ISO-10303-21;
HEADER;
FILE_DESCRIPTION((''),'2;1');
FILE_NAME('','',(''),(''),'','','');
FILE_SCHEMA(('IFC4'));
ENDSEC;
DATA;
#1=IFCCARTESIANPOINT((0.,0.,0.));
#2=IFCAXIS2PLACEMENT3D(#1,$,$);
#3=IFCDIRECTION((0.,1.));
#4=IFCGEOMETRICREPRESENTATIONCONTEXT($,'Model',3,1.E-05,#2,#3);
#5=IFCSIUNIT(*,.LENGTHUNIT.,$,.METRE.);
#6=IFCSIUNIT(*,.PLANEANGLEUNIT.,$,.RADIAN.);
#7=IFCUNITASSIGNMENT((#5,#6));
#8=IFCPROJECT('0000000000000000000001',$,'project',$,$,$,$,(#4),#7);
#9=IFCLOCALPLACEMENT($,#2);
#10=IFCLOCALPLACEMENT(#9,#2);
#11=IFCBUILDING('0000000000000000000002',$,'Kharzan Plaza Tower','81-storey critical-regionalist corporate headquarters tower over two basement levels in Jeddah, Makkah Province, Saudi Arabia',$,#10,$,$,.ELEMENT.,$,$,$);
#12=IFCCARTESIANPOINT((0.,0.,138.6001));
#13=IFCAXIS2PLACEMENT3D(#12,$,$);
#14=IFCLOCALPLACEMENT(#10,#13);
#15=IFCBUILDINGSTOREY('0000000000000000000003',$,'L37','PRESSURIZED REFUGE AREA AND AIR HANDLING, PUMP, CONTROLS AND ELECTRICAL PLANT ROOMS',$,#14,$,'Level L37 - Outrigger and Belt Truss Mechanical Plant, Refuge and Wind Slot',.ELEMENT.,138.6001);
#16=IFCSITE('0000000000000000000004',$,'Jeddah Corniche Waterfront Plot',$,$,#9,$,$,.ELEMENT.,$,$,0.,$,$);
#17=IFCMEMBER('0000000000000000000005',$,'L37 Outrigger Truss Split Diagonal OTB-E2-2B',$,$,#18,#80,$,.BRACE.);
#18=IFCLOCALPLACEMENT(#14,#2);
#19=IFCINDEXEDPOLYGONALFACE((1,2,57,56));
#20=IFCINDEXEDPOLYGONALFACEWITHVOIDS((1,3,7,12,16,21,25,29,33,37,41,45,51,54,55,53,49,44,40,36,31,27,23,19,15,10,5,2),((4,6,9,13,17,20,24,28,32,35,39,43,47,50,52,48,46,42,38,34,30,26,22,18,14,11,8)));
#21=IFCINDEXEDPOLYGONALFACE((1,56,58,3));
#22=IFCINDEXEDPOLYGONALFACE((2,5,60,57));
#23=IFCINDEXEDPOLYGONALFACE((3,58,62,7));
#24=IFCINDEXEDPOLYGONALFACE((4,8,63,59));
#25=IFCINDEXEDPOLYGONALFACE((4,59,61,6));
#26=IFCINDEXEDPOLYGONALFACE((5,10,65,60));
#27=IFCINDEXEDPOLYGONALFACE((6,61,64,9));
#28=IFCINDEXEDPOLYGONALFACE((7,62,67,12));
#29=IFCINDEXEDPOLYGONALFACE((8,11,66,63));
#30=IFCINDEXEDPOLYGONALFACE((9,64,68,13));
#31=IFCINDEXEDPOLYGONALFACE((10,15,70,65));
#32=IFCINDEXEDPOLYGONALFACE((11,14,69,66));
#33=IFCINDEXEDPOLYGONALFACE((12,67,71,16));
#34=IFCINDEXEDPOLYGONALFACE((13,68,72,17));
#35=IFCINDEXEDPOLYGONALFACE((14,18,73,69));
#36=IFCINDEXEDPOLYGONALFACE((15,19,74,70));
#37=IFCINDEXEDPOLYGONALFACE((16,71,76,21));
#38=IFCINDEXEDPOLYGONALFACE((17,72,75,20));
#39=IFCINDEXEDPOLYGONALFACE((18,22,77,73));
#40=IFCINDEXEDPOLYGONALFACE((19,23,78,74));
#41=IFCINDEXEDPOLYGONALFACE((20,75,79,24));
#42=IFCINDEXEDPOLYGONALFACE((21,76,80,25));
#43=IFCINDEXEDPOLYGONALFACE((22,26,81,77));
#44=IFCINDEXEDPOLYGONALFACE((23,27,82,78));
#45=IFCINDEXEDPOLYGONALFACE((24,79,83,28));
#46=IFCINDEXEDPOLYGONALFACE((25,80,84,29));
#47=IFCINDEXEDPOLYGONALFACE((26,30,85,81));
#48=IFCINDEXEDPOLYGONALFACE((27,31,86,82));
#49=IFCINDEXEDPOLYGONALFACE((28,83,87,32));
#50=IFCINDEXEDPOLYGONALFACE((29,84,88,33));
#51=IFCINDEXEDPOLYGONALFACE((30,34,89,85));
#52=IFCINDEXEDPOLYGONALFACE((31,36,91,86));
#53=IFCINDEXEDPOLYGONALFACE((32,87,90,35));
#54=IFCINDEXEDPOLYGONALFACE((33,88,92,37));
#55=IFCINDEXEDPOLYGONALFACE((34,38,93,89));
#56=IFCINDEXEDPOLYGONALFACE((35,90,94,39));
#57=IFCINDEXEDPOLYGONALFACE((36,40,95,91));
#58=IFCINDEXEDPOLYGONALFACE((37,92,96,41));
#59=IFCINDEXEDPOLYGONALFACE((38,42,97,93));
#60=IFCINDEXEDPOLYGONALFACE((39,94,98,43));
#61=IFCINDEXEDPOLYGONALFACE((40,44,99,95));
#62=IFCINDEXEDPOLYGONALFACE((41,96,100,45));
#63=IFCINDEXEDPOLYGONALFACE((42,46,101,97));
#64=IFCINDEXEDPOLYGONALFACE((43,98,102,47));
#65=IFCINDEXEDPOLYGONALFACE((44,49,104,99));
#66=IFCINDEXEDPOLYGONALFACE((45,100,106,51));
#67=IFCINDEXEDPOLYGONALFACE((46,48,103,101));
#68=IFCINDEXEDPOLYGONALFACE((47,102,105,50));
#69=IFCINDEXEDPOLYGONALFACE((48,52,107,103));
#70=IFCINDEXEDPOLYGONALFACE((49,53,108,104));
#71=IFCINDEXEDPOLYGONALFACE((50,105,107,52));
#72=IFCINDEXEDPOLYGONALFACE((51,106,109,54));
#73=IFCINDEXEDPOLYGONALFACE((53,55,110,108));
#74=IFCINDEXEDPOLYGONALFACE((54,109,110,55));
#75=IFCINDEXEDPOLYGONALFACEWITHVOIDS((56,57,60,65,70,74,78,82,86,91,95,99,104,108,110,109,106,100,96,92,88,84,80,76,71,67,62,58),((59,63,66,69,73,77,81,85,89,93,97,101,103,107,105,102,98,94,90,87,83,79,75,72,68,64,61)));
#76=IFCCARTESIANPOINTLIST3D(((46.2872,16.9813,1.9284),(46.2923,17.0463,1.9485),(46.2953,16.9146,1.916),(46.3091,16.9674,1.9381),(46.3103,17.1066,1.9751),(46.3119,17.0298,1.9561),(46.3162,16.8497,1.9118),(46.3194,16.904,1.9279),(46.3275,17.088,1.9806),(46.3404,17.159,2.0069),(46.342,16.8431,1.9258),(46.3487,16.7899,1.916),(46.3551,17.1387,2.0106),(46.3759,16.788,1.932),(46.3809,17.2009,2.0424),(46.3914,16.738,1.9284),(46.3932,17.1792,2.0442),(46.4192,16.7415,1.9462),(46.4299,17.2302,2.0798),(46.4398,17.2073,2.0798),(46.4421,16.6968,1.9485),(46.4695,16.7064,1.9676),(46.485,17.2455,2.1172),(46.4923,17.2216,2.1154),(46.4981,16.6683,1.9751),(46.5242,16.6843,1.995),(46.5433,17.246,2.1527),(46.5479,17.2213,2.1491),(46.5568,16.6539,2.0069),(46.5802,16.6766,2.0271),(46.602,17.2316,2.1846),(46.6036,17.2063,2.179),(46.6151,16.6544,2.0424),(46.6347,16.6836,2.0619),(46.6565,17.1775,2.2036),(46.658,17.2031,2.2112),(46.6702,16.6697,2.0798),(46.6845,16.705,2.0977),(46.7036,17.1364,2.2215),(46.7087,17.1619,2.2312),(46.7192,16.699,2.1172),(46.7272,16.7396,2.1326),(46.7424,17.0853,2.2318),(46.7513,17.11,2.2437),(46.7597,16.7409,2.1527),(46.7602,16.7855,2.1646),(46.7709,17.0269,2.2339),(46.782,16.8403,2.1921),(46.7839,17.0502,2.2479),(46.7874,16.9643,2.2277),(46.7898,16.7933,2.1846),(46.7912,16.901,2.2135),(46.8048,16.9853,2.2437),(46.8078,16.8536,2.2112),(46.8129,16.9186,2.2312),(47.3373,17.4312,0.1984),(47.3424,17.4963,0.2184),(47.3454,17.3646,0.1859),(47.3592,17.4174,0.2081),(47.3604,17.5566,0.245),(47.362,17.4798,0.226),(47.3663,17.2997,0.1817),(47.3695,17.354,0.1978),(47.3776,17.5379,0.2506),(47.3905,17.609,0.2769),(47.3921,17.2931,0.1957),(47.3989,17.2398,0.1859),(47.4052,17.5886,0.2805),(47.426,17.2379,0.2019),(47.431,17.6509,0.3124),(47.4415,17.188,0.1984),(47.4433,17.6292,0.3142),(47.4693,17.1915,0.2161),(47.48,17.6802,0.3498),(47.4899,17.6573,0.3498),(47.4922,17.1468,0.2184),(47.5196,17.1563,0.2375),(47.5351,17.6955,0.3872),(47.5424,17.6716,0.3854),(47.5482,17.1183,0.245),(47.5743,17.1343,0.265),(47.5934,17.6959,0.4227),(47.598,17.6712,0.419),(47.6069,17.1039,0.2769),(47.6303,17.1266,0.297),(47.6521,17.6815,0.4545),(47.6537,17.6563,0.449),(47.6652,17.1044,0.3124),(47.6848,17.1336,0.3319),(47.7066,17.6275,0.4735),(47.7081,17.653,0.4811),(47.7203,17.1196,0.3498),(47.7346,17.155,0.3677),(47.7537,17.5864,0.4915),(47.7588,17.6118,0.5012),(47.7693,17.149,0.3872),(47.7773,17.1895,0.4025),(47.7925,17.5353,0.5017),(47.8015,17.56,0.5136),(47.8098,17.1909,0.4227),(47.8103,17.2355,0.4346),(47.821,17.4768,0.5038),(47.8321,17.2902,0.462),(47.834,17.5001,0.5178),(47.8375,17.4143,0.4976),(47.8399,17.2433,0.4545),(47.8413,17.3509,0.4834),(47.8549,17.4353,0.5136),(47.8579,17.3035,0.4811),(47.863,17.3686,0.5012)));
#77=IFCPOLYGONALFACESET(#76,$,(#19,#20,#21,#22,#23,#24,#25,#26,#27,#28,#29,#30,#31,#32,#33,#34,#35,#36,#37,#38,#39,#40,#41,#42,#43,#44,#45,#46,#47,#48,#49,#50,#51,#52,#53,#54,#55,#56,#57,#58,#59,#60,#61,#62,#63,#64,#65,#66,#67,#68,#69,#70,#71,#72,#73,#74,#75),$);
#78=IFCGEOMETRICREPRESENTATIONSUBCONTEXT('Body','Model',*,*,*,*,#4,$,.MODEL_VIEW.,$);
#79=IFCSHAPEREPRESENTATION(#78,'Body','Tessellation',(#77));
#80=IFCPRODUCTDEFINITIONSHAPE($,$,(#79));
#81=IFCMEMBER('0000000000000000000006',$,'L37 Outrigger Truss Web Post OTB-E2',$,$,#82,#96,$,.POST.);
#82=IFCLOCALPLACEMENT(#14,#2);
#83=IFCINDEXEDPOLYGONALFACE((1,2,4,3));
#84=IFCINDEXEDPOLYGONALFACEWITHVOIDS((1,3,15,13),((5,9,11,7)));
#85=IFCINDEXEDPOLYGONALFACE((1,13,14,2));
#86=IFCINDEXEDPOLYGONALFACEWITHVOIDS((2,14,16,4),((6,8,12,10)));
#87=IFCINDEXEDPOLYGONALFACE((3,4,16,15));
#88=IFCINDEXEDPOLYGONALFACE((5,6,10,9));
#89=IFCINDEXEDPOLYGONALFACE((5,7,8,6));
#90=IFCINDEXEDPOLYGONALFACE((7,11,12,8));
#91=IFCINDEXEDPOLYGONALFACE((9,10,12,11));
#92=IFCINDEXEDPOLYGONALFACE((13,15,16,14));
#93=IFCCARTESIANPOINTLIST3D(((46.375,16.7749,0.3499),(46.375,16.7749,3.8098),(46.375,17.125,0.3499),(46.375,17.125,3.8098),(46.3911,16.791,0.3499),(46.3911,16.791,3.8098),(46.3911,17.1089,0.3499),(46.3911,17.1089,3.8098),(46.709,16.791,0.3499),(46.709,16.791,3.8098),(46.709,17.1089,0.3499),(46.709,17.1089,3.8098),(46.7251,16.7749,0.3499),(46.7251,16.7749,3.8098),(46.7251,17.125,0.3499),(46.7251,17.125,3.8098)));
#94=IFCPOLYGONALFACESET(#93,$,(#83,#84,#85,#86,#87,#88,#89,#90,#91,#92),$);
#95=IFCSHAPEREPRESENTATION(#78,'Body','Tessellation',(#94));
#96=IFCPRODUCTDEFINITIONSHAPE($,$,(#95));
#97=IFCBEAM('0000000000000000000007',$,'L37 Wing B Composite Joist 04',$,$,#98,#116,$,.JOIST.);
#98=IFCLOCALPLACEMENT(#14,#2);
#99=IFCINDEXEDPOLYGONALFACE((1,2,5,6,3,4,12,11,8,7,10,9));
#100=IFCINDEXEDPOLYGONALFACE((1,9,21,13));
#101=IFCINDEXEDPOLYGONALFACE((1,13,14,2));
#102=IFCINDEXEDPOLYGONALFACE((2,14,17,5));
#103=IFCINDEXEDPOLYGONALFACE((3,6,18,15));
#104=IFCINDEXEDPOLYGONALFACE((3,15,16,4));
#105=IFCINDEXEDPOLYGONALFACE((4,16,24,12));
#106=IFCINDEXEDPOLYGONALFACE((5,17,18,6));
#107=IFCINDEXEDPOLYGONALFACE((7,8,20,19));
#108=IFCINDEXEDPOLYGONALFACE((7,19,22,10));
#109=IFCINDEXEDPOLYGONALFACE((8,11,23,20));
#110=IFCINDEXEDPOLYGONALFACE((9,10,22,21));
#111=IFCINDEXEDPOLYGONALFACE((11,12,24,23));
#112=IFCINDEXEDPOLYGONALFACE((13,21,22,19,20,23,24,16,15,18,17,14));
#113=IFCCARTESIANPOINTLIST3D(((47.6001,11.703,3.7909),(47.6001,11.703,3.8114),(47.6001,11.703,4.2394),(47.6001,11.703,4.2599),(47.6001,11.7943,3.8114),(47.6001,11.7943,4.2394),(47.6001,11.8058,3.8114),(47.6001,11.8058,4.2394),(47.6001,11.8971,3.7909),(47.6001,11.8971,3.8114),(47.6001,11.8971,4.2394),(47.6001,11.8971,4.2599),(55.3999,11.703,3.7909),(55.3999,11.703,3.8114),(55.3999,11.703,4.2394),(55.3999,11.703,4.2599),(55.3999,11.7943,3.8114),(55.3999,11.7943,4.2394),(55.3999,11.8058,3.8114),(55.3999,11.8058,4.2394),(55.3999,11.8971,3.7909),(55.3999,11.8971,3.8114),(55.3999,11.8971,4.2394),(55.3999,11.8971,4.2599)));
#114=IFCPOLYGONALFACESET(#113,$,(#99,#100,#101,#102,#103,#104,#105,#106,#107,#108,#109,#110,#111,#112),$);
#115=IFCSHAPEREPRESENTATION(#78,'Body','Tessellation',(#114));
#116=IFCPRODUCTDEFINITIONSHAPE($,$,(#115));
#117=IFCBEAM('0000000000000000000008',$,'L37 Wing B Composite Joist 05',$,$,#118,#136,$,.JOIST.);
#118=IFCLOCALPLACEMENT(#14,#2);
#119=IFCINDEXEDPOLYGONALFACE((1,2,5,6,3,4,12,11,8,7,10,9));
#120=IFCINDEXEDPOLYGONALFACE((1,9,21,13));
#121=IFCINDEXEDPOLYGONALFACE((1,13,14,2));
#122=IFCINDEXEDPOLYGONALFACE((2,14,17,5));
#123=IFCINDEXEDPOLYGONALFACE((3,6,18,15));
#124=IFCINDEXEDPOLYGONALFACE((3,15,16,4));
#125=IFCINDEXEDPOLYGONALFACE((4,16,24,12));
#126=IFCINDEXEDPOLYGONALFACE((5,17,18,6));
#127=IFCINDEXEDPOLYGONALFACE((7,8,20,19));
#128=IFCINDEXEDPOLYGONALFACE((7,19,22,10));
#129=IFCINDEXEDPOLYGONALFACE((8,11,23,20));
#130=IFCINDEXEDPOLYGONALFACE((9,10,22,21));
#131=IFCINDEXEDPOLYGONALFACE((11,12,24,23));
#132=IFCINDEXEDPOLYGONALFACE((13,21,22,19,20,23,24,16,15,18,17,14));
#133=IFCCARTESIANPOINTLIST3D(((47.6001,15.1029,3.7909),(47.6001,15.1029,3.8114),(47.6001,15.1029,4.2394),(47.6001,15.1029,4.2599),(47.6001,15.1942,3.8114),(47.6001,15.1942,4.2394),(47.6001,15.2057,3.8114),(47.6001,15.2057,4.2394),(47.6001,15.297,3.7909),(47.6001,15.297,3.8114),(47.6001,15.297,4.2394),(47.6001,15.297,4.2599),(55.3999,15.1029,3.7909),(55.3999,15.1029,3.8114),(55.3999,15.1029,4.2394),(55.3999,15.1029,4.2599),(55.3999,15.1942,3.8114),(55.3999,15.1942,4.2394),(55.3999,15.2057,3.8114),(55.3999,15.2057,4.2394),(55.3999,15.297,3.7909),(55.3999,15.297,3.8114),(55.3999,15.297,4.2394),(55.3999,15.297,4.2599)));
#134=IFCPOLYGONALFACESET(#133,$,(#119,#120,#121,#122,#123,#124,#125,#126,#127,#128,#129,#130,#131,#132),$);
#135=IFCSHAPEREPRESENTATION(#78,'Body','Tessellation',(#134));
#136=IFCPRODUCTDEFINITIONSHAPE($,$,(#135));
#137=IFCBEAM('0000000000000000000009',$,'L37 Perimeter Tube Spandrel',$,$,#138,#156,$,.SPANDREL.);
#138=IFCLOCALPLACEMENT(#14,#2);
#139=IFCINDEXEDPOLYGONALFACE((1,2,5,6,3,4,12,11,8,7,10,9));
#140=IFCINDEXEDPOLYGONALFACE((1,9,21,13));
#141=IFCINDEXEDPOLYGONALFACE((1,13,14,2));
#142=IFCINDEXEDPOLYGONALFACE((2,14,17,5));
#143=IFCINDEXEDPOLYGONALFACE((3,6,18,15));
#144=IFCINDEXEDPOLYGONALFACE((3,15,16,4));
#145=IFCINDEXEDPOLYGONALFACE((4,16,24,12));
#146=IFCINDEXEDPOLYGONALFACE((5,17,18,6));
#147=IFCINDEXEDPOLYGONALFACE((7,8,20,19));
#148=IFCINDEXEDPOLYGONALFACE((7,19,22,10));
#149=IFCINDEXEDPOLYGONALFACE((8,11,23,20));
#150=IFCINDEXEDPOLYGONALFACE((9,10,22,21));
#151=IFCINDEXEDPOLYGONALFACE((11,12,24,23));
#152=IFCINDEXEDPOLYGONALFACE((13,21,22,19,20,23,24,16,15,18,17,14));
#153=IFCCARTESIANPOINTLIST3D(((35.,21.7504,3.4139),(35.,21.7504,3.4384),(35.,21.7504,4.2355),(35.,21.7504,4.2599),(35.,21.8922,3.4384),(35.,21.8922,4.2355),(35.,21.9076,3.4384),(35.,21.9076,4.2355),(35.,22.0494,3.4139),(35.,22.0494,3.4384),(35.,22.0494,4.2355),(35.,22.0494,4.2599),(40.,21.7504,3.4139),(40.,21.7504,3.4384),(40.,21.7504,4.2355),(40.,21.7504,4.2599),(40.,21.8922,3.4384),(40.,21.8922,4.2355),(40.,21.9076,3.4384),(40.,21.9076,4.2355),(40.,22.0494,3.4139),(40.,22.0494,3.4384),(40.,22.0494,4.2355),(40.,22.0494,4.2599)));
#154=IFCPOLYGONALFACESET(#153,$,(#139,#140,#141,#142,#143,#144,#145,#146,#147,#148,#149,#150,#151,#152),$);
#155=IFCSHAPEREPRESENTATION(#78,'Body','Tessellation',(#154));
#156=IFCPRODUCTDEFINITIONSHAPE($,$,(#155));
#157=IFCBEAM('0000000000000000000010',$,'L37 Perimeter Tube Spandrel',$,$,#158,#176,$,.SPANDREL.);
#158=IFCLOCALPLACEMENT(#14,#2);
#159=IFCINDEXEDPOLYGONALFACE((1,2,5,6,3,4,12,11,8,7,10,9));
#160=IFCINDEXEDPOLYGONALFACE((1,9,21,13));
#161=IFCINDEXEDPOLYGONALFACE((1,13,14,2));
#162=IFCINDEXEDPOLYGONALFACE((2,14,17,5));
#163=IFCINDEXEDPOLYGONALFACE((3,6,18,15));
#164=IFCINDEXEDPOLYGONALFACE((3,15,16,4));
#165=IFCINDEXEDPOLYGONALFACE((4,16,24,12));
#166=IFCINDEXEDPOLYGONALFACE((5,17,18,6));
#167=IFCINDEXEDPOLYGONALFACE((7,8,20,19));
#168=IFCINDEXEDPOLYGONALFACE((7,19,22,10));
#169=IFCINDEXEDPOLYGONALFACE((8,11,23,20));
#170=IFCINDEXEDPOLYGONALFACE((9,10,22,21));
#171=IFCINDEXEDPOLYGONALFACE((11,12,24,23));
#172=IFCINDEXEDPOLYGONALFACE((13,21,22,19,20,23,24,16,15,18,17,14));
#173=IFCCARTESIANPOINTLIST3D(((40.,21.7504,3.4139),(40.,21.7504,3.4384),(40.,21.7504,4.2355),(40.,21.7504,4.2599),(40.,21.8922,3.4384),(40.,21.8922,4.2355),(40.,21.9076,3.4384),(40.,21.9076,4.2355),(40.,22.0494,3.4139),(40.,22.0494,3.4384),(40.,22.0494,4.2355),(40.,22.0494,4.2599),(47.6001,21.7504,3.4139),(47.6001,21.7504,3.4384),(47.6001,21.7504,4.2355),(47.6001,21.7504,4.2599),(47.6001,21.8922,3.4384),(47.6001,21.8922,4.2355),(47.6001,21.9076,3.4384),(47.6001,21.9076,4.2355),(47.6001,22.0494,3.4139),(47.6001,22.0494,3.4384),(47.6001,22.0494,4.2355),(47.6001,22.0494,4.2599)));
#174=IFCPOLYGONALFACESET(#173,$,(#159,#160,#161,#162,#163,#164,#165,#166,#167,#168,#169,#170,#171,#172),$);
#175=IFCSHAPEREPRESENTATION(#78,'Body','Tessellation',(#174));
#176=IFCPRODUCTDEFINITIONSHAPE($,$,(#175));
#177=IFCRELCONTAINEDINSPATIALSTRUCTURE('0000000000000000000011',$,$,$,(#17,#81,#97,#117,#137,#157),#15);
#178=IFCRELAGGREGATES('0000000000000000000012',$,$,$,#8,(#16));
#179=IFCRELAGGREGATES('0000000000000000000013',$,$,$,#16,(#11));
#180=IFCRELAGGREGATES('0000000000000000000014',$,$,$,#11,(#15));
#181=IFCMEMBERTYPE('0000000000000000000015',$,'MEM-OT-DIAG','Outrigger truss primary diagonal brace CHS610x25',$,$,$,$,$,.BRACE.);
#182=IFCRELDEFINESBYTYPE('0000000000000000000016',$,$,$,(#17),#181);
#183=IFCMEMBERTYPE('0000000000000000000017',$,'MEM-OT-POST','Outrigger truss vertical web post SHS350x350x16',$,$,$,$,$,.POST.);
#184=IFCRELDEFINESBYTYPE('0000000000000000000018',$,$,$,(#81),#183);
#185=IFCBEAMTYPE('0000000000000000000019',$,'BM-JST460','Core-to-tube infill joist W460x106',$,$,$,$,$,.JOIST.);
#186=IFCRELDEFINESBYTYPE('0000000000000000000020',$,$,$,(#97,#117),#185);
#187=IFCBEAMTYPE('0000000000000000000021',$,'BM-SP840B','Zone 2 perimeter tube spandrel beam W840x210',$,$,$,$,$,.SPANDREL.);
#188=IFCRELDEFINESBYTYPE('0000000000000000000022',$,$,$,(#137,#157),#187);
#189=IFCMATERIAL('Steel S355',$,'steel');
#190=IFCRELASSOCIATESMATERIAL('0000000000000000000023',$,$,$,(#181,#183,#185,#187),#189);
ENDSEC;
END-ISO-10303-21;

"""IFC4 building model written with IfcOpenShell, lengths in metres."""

from ifc_helpers import new_model, si_unit, direction, frame, origin, origin_2d, place, context, subcontext, project, spatial, hollow_rectangle, hollow_circle, i_section, extrude, source, transform, mapped, material, material_profile, profile_set, type_object, element, save


model = new_model("IFC4")

# Units and contexts
model_context = context("Model", 3, precision=1e-05, world=origin(), true_north=direction((0.0, 1.0)))
body_context = subcontext(model_context, "Body", "Model", "MODEL_VIEW")
ifc_project = project(units=[si_unit("LENGTHUNIT", "METRE"), si_unit("PLANEANGLEUNIT", "RADIAN")], contexts=[model_context])

# Site, building, storey
site_placement = place(None, origin())
site = spatial("IfcSite", under=ifc_project, at=site_placement, Name="Jeddah Corniche Waterfront Plot", CompositionType="ELEMENT", RefElevation=0.0)
building_placement = place(site_placement, origin())
building = spatial("IfcBuilding", under=site, at=building_placement, Name="Kharzan Plaza Tower", Description="81-storey critical-regionalist corporate headquarters tower over two basement levels in Jeddah, Makkah Province, Saudi Arabia", CompositionType="ELEMENT")
storey_placement = place(building_placement, frame((0.0, 0.0, 138.6001)))
storey = spatial("IfcBuildingStorey", under=building, at=storey_placement, Name="L37", Description="PRESSURIZED REFUGE AREA AND AIR HANDLING, PUMP, CONTROLS AND ELECTRICAL PLANT ROOMS", LongName="Level L37 - Outrigger and Belt Truss Mechanical Plant, Refuge and Wind Slot", CompositionType="ELEMENT", Elevation=138.6001)

# Shared definitions
ifc_material_1 = material(Name="Steel S355", Category="steel")

# Members
ifc_material_profile_1 = material_profile(ifc_material_1, hollow_circle(Radius=0.3049, WallThickness=0.0249, at=origin_2d()), Name="CHS610x25")
ifc_profile_set_1 = profile_set([ifc_material_profile_1], Name="Steel S355")
member_type_1 = type_object("IfcMemberType", Name="MEM-OT-DIAG", Description="Outrigger truss primary diagonal brace CHS610x25", PredefinedType="BRACE", material=ifc_profile_set_1)
shared_shape_1 = source(origin(), body_context, "Body", "SweptSolid", [
    extrude(hollow_circle(Radius=0.3049, WallThickness=0.0249, at=origin_2d()), origin(), (0.0, 0.0, 1.0), 2.0732),
])
for number, where, z_axis, x_axis, name in (
    (1, (46.55, 16.95, 2.0798), (0.506503, 0.217039, -0.834475), (-0.393868, 0.919167, 0.0), "L37 Outrigger Truss Split Diagonal OTB-E2-2B"),
):
    element("IfcMember", number, at=place(storey_placement, frame(where, z_axis=z_axis, x_axis=x_axis)), inside=storey, type_object=member_type_1, Name=name, PredefinedType="BRACE", context=body_context, shape_type="MappedRepresentation", body=[
        mapped(shared_shape_1, transform((0.0, 0.0, 0.0), x_axis=(1.0, 0.0, 0.0), y_axis=(0.0, 1.0, 0.0), z_axis=(0.0, 0.0, 1.0))),
    ])
ifc_material_profile_2 = material_profile(ifc_material_1, hollow_rectangle(XDim=0.3501, YDim=0.3501, WallThickness=0.0161, at=origin_2d()), Name="SHS350x350x16")
ifc_profile_set_2 = profile_set([ifc_material_profile_2], Name="Steel S355")
member_type_2 = type_object("IfcMemberType", Name="MEM-OT-POST", Description="Outrigger truss vertical web post SHS350x350x16", PredefinedType="POST", material=ifc_profile_set_2)
shared_shape_2 = source(origin(), body_context, "Body", "SweptSolid", [
    extrude(hollow_rectangle(XDim=0.3501, YDim=0.3501, WallThickness=0.0161, at=origin_2d()), origin(), (0.0, 0.0, 1.0), 3.46),
])
member_1_placement = place(storey_placement, frame((46.55, 16.95, 0.3499), z_axis=(0.0, 0.0, 1.0), x_axis=(1.0, 0.0, 0.0)))
element("IfcMember", 2, at=member_1_placement, inside=storey, type_object=member_type_2, Name="L37 Outrigger Truss Web Post OTB-E2", PredefinedType="POST", context=body_context, shape_type="MappedRepresentation", body=[
    mapped(shared_shape_2, transform((0.0, 0.0, 0.0), x_axis=(1.0, 0.0, 0.0), y_axis=(0.0, 1.0, 0.0), z_axis=(0.0, 0.0, 1.0))),
])

# Beams
ifc_material_profile_3 = material_profile(ifc_material_1, i_section(OverallWidth=0.1941, OverallDepth=0.469, WebThickness=0.0115, FlangeThickness=0.0205, at=origin_2d()), Name="W460x106")
ifc_profile_set_3 = profile_set([ifc_material_profile_3], Name="Steel S355")
beam_type_1 = type_object("IfcBeamType", Name="BM-JST460", Description="Core-to-tube infill joist W460x106", PredefinedType="JOIST", material=ifc_profile_set_3)
shared_shape_3 = source(origin(), body_context, "Body", "SweptSolid", [
    extrude(i_section(OverallWidth=0.1941, OverallDepth=0.469, WebThickness=0.0115, FlangeThickness=0.0205, at=origin_2d()), origin(), (0.0, 0.0, 1.0), 7.7998),
])
for number, where, z_axis, x_axis, name in (
    (3, (47.6001, 11.8, 4.0254), (1.0, 0.0, 0.0), (0.0, 1.0, 0.0), "L37 Wing B Composite Joist 04"),
    (4, (47.6001, 15.2, 4.0254), (1.0, 0.0, 0.0), (0.0, 1.0, 0.0), "L37 Wing B Composite Joist 05"),
):
    element("IfcBeam", number, at=place(storey_placement, frame(where, z_axis=z_axis, x_axis=x_axis)), inside=storey, type_object=beam_type_1, Name=name, PredefinedType="JOIST", context=body_context, shape_type="MappedRepresentation", body=[
        mapped(shared_shape_3, transform((0.0, 0.0, 0.0), x_axis=(1.0, 0.0, 0.0), y_axis=(0.0, 1.0, 0.0), z_axis=(0.0, 0.0, 1.0))),
    ])
ifc_material_profile_4 = material_profile(ifc_material_1, i_section(OverallWidth=0.2991, OverallDepth=0.8459, WebThickness=0.0154, FlangeThickness=0.0244, at=origin_2d()), Name="W840x210")
ifc_profile_set_4 = profile_set([ifc_material_profile_4], Name="Steel S355")
beam_type_2 = type_object("IfcBeamType", Name="BM-SP840B", Description="Zone 2 perimeter tube spandrel beam W840x210", PredefinedType="SPANDREL", material=ifc_profile_set_4)
shared_shape_4 = source(origin(), body_context, "Body", "SweptSolid", [
    extrude(i_section(OverallWidth=0.2991, OverallDepth=0.8459, WebThickness=0.0154, FlangeThickness=0.0244, at=origin_2d()), origin(), (0.0, 0.0, 1.0), 5.0),
])
beam_1_placement = place(storey_placement, frame((35.0, 21.8999, 3.8369), z_axis=(1.0, 0.0, 0.0), x_axis=(0.0, 1.0, 0.0)))
element("IfcBeam", 5, at=beam_1_placement, inside=storey, type_object=beam_type_2, Name="L37 Perimeter Tube Spandrel", PredefinedType="SPANDREL", context=body_context, shape_type="MappedRepresentation", body=[
    mapped(shared_shape_4, transform((0.0, 0.0, 0.0), x_axis=(1.0, 0.0, 0.0), y_axis=(0.0, 1.0, 0.0), z_axis=(0.0, 0.0, 1.0))),
])
shared_shape_5 = source(origin(), body_context, "Body", "SweptSolid", [
    extrude(i_section(OverallWidth=0.2991, OverallDepth=0.8459, WebThickness=0.0154, FlangeThickness=0.0244, at=origin_2d()), origin(), (0.0, 0.0, 1.0), 7.6001),
])
beam_2_placement = place(storey_placement, frame((40.0, 21.8999, 3.8369), z_axis=(1.0, 0.0, 0.0), x_axis=(0.0, 1.0, 0.0)))
element("IfcBeam", 6, at=beam_2_placement, inside=storey, type_object=beam_type_2, Name="L37 Perimeter Tube Spandrel", PredefinedType="SPANDREL", context=body_context, shape_type="MappedRepresentation", body=[
    mapped(shared_shape_5, transform((0.0, 0.0, 0.0), x_axis=(1.0, 0.0, 0.0), y_axis=(0.0, 1.0, 0.0), z_axis=(0.0, 0.0, 1.0))),
])

save(model, "model.ifc")
